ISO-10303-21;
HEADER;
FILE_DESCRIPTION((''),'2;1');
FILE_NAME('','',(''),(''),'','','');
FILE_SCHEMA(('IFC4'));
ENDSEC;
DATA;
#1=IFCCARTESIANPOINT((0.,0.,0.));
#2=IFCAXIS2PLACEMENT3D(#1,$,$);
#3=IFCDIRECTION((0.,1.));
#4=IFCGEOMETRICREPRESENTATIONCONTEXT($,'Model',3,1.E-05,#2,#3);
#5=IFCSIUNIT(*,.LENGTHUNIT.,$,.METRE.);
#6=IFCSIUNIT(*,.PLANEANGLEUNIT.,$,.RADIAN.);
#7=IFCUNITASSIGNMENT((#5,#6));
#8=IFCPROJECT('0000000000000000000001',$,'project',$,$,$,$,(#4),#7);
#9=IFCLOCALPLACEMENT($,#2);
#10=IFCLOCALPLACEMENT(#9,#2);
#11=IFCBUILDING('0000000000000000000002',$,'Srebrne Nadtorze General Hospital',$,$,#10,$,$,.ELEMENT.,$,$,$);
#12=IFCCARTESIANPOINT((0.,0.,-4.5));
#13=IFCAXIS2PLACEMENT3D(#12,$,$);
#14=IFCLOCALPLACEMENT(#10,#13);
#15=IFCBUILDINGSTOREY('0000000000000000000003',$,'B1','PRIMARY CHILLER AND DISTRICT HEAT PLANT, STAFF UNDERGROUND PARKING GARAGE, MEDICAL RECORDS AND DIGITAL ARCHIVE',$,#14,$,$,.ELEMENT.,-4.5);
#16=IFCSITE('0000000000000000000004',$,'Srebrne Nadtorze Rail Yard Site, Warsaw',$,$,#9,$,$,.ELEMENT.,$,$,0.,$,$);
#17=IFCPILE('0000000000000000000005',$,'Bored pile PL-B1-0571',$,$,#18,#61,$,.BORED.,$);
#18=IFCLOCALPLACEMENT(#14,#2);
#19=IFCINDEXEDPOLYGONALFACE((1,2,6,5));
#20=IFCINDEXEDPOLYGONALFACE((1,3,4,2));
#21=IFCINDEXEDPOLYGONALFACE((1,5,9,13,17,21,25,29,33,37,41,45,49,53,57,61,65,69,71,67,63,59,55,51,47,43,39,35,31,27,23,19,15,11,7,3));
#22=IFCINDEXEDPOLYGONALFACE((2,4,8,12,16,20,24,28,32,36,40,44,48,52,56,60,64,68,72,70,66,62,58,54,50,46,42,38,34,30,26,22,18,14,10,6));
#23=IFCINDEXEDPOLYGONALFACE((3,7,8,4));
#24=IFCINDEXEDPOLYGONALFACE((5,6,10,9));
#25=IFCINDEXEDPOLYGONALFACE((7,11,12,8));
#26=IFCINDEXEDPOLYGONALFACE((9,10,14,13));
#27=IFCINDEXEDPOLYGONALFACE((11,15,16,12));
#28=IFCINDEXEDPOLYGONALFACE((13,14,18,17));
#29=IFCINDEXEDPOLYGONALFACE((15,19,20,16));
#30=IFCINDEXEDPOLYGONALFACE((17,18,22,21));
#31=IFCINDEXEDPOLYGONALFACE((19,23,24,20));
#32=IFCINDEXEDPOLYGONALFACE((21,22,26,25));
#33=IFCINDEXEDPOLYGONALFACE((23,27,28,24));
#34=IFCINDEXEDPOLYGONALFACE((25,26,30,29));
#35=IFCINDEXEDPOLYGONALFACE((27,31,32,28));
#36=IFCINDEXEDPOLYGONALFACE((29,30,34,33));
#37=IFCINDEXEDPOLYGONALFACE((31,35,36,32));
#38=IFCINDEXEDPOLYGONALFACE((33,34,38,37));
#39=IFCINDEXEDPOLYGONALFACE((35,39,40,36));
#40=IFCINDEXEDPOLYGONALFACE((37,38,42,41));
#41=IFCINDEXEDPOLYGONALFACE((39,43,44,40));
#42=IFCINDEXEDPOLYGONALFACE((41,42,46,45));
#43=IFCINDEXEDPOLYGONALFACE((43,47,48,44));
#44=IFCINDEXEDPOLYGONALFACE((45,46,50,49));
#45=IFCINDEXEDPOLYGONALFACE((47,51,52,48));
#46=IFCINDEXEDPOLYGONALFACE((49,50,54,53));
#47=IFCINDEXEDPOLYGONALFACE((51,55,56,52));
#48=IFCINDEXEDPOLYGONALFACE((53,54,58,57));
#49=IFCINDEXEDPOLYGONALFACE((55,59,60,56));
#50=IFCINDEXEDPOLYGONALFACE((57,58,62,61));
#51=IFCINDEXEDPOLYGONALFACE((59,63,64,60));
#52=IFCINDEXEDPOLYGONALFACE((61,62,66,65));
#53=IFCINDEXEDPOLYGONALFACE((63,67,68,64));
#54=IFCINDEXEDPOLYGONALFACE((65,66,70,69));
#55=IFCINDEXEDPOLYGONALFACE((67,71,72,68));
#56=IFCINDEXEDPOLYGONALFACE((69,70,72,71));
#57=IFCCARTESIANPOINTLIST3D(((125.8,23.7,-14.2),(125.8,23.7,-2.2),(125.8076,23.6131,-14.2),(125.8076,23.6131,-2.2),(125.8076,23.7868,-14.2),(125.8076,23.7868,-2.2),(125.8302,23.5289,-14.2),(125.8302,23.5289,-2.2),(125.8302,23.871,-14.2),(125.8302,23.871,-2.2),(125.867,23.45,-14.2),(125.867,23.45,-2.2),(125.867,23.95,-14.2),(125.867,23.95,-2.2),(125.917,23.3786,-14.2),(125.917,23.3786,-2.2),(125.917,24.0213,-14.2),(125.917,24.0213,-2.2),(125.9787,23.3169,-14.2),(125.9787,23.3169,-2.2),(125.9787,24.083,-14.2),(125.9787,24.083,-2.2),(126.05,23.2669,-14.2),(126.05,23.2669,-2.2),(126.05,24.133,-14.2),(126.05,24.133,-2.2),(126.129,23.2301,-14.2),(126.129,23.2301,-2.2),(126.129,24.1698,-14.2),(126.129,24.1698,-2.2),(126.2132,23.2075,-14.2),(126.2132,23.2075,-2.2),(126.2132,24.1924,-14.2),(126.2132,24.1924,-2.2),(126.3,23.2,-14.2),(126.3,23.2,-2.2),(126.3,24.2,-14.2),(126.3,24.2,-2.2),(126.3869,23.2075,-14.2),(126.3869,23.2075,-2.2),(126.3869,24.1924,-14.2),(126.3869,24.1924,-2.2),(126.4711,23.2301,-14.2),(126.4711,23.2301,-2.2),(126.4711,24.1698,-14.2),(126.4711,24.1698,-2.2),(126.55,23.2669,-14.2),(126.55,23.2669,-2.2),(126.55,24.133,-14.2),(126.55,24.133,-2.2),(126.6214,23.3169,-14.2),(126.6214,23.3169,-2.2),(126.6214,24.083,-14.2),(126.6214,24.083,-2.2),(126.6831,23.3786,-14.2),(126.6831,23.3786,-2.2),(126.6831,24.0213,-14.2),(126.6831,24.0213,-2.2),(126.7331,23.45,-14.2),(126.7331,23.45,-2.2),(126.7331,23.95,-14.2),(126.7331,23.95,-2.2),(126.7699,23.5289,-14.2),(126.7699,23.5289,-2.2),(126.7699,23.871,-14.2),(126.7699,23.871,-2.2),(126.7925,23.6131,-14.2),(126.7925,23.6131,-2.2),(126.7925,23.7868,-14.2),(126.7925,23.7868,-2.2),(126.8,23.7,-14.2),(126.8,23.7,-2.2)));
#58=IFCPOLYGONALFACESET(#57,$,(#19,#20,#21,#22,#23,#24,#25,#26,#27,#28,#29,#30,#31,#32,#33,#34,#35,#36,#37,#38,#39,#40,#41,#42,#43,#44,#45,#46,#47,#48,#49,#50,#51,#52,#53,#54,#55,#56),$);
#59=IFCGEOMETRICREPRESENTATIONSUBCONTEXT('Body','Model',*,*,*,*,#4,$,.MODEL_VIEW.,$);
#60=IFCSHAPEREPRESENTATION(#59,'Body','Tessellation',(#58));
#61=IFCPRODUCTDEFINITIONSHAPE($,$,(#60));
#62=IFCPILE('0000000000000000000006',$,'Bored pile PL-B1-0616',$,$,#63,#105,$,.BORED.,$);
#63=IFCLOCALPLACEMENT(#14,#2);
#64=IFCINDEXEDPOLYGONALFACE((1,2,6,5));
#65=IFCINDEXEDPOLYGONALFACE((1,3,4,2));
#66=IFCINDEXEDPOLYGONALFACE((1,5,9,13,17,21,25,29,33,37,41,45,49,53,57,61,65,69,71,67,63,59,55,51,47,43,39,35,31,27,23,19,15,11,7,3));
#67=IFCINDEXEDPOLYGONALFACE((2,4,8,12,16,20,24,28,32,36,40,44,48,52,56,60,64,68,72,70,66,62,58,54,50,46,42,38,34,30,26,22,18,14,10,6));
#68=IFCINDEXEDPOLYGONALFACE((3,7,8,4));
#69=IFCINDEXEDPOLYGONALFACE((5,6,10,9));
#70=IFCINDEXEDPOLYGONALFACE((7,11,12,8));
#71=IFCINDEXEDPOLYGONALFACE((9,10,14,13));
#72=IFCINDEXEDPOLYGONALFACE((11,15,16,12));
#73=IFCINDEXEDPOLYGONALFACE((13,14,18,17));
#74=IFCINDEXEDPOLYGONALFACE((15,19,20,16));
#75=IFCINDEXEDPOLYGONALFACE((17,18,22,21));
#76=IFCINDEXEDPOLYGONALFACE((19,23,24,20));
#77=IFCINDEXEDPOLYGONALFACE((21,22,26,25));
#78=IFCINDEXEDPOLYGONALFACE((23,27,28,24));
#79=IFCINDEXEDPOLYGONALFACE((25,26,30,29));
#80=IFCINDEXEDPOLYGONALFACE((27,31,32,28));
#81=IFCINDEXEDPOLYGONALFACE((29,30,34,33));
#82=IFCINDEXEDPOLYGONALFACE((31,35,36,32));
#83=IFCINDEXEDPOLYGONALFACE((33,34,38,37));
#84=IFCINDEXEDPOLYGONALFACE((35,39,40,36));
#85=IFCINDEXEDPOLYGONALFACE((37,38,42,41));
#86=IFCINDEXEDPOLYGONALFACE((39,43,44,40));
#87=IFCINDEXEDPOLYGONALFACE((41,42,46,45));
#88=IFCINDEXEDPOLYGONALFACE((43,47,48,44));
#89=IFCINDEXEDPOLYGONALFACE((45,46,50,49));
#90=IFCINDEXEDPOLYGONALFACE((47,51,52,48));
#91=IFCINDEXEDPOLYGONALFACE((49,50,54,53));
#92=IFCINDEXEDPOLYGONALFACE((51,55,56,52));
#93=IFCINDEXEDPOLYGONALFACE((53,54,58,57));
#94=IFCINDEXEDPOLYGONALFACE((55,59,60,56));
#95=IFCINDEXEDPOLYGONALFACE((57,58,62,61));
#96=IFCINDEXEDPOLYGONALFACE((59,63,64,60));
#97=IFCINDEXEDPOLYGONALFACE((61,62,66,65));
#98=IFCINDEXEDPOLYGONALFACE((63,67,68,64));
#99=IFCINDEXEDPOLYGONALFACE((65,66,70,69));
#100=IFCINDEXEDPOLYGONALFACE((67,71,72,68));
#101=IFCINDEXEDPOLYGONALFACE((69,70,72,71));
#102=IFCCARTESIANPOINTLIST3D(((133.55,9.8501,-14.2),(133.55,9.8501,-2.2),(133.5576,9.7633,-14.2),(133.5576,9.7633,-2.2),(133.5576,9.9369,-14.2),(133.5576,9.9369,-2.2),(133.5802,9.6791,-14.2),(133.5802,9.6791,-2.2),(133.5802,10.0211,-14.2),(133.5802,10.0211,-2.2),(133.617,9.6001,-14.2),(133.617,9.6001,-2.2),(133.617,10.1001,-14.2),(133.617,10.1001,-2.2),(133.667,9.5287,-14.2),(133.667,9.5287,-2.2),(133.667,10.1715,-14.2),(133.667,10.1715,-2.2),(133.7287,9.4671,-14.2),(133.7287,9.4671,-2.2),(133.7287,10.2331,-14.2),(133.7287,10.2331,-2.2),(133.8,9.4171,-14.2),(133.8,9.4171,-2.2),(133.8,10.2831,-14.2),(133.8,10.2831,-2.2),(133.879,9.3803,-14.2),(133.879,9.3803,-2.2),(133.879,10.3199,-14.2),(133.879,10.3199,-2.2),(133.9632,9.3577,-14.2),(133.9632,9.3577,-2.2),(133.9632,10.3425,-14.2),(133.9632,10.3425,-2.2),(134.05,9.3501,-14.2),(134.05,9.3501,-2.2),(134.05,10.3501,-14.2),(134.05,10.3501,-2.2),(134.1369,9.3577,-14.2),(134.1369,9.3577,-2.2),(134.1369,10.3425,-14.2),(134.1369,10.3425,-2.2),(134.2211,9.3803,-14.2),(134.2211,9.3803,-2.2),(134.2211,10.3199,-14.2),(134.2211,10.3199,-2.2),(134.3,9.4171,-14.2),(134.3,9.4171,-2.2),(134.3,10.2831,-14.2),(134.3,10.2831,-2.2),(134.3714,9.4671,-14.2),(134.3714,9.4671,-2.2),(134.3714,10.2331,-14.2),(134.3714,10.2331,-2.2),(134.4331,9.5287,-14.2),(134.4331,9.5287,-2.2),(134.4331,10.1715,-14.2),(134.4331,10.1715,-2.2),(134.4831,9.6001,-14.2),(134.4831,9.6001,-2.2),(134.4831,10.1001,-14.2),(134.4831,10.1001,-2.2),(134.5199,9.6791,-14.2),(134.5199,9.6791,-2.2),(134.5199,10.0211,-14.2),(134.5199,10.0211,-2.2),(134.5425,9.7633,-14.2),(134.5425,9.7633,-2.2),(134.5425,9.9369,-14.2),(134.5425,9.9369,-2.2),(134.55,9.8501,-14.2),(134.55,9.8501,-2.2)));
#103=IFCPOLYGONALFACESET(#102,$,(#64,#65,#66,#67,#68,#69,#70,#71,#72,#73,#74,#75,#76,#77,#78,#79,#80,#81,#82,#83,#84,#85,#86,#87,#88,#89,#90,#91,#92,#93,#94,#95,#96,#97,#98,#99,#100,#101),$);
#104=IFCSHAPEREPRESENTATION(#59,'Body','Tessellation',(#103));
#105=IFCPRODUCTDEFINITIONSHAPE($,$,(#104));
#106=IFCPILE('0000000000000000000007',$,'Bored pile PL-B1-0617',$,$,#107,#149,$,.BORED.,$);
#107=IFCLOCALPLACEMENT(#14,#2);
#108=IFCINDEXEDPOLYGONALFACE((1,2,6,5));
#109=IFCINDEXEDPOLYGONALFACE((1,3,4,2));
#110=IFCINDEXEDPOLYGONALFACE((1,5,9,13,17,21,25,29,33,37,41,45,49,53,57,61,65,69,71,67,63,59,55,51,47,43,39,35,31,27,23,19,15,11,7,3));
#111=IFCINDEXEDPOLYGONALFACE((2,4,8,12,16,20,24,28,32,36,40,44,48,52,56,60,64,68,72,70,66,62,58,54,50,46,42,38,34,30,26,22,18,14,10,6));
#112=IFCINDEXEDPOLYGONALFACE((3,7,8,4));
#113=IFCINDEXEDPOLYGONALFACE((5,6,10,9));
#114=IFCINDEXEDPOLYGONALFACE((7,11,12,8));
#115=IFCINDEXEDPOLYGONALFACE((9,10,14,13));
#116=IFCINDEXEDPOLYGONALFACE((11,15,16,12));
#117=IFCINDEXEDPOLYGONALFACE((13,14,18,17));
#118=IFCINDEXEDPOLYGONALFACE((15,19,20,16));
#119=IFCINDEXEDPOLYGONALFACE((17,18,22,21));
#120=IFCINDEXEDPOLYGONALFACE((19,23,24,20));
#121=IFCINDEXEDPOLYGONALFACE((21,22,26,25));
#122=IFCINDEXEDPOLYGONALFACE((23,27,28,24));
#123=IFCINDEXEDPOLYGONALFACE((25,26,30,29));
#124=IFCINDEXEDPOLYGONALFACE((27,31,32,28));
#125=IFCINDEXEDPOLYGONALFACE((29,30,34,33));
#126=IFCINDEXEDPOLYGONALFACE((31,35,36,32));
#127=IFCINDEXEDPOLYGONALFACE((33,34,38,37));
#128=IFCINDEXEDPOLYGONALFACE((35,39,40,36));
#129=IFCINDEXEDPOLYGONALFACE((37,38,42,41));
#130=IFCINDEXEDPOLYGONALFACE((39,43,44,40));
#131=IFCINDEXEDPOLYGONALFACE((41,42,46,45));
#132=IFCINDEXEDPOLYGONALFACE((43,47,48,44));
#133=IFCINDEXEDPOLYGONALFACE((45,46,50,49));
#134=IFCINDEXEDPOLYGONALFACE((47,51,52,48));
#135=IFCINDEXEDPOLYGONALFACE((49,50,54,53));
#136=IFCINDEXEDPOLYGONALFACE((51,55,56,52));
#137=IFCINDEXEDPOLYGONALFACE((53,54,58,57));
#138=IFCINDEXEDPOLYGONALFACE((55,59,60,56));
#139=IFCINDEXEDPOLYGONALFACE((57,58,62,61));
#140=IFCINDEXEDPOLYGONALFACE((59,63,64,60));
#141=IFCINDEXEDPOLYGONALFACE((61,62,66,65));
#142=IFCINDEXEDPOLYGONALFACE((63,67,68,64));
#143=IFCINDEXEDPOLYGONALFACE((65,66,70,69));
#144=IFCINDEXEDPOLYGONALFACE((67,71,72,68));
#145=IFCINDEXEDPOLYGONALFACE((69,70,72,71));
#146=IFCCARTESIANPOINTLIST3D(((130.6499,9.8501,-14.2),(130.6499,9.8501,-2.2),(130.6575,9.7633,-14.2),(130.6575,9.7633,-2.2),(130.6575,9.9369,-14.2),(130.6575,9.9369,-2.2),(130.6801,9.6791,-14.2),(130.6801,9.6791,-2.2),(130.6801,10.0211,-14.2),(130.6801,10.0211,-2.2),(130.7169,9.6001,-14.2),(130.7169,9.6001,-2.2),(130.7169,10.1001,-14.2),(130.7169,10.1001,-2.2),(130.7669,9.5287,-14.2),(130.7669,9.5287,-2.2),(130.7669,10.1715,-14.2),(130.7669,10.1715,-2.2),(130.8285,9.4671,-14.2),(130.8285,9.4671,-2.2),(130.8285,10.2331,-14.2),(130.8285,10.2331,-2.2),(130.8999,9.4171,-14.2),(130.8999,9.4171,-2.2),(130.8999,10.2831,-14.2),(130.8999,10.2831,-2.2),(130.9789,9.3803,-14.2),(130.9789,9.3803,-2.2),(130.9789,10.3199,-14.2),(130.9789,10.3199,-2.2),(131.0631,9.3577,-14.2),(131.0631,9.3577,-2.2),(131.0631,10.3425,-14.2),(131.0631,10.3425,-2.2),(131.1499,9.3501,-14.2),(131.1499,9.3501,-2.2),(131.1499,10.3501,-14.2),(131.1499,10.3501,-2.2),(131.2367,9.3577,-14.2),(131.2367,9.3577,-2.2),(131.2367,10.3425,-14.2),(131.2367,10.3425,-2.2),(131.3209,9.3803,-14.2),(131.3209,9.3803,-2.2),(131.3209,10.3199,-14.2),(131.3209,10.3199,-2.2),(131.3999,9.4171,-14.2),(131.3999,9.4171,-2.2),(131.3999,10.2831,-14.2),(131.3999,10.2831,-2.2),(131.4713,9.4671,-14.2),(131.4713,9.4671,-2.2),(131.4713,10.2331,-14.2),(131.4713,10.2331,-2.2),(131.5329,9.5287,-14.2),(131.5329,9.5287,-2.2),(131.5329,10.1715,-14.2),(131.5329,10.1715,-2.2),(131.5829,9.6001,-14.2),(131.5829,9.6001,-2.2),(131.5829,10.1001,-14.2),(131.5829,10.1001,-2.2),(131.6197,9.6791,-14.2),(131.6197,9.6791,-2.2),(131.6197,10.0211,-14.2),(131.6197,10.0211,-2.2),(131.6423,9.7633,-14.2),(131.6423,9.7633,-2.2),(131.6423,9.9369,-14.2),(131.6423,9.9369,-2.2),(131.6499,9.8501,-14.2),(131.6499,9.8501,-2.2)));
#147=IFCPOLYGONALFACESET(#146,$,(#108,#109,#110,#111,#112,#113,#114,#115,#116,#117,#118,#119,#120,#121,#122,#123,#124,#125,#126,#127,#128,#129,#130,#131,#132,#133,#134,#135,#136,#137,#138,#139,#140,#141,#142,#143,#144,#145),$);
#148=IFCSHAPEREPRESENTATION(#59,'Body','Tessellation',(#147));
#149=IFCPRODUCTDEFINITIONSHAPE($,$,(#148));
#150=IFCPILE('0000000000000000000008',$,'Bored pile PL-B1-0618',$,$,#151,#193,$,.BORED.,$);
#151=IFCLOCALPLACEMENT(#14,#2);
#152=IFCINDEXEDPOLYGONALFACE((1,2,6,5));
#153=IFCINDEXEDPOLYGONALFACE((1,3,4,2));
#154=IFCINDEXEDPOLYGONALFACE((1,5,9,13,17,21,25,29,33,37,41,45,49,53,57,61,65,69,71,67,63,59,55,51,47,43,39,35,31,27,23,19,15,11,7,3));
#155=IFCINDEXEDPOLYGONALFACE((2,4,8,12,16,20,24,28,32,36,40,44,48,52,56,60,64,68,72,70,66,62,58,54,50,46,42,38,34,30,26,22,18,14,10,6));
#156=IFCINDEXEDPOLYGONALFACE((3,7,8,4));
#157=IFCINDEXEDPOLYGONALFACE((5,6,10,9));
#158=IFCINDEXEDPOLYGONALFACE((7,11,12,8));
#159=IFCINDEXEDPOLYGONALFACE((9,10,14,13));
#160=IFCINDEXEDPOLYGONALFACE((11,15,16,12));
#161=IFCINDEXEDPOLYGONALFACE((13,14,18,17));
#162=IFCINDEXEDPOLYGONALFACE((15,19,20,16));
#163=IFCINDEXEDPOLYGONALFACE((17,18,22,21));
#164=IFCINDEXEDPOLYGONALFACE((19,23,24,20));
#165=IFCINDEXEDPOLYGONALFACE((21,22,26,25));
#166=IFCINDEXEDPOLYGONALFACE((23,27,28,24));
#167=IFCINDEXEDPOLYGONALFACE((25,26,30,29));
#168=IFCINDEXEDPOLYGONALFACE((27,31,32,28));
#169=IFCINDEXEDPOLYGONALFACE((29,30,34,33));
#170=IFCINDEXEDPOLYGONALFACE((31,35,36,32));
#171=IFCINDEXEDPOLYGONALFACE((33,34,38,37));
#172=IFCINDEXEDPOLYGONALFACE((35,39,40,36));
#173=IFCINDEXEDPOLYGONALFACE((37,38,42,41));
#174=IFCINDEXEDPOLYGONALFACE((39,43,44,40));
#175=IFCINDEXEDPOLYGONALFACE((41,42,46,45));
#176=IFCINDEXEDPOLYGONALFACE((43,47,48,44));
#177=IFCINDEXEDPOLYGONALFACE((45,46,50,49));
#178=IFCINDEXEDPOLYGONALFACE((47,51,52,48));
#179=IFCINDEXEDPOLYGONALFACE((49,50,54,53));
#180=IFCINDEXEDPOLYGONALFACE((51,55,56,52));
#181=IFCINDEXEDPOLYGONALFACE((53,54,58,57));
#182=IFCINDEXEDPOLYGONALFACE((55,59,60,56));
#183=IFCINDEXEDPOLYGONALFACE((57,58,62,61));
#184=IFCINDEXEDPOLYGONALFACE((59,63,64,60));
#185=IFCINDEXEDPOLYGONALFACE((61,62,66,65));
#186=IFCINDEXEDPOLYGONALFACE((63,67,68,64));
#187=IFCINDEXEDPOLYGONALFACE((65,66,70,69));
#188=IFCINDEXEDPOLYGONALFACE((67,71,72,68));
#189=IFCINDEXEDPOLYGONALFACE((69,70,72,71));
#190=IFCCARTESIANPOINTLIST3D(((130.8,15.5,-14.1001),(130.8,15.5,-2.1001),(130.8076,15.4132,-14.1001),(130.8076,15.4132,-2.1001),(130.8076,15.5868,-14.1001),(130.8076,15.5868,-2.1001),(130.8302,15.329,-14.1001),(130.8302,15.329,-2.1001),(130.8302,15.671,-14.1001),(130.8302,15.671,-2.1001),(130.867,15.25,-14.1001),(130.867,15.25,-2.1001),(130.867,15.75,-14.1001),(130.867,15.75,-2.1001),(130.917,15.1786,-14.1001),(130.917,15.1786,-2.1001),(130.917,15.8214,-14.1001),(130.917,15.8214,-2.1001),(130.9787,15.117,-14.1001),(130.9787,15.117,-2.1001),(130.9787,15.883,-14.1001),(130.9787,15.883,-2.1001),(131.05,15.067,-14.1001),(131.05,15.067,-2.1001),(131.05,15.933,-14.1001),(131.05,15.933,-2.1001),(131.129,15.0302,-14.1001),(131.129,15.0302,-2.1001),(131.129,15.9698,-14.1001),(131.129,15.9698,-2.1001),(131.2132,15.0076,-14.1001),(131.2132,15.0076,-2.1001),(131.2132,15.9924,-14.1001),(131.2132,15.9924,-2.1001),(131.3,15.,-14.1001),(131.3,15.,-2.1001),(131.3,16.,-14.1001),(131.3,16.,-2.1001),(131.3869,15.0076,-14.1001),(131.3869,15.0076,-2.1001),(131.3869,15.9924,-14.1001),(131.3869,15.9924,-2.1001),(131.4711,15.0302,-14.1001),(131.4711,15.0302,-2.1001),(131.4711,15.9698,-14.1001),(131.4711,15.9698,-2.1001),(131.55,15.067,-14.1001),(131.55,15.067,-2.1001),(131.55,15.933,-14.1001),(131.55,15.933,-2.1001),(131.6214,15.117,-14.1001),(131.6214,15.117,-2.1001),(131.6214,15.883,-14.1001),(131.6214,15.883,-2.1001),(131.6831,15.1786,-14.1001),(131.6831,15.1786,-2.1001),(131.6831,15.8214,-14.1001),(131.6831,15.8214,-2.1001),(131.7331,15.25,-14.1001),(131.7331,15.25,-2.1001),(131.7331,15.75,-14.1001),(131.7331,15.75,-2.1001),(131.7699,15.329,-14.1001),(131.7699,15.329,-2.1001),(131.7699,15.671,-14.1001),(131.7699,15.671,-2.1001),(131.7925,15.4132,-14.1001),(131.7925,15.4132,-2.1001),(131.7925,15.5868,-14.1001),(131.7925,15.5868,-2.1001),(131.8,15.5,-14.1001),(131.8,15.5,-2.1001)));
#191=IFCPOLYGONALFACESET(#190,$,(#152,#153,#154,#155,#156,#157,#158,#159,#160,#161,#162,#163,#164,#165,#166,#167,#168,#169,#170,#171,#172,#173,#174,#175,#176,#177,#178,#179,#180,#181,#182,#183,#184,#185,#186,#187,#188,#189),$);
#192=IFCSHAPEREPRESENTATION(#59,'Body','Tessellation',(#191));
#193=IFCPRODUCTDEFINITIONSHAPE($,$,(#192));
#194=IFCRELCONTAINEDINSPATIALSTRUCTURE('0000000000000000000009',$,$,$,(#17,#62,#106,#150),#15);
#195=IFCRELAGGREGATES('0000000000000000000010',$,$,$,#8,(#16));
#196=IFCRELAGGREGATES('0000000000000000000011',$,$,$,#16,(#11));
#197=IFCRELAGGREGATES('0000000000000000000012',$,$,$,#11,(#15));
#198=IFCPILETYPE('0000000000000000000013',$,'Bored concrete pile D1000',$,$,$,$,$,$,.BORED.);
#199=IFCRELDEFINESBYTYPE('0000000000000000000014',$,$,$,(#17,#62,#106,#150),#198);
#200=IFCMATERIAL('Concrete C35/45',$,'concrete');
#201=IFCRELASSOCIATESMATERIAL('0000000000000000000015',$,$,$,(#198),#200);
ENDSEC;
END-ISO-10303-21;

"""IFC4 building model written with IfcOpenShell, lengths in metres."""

from ifc_helpers import new_model, si_unit, direction, frame, origin, origin_2d, place, context, subcontext, project, spatial, circle, extrude, material, material_profile, profile_set, type_object, element, save


model = new_model("IFC4")

# Units and contexts
model_context = context("Model", 3, precision=1e-05, world=origin(), true_north=direction((0.0, 1.0)))
body_context = subcontext(model_context, "Body", "Model", "MODEL_VIEW")
ifc_project = project(units=[si_unit("LENGTHUNIT", "METRE"), si_unit("PLANEANGLEUNIT", "RADIAN")], contexts=[model_context])

# Site, building, storey
site_placement = place(None, origin())
site = spatial("IfcSite", under=ifc_project, at=site_placement, Name="Srebrne Nadtorze Rail Yard Site, Warsaw", CompositionType="ELEMENT", RefElevation=0.0)
building_placement = place(site_placement, origin())
building = spatial("IfcBuilding", under=site, at=building_placement, Name="Srebrne Nadtorze General Hospital", CompositionType="ELEMENT")
storey_placement = place(building_placement, frame((0.0, 0.0, -4.5)))
storey = spatial("IfcBuildingStorey", under=building, at=storey_placement, Name="B1", Description="PRIMARY CHILLER AND DISTRICT HEAT PLANT, STAFF UNDERGROUND PARKING GARAGE, MEDICAL RECORDS AND DIGITAL ARCHIVE", CompositionType="ELEMENT", Elevation=-4.5)

# Piles
ifc_material_1 = material(Name="Concrete C35/45", Category="concrete")
ifc_material_profile_1 = material_profile(ifc_material_1, circle(Radius=0.5, at=origin_2d()), Name="PILE-D1000")
ifc_profile_set_1 = profile_set([ifc_material_profile_1], Name="Concrete C35/45")
pile_type_1 = type_object("IfcPileType", Name="Bored concrete pile D1000", PredefinedType="BORED", material=ifc_profile_set_1)
for number, where, z_axis, x_axis, name in (
    (1, (126.3, 23.7, -2.2), (0.0, 0.0, -1.0), (1.0, 0.0, 0.0), "Bored pile PL-B1-0571"),
    (2, (134.05, 9.8501, -2.2), (0.0, 0.0, -1.0), (1.0, 0.0, 0.0), "Bored pile PL-B1-0616"),
    (3, (131.1499, 9.8501, -2.2), (0.0, 0.0, -1.0), (1.0, 0.0, 0.0), "Bored pile PL-B1-0617"),
    (4, (131.3, 15.5, -2.1001), (0.0, 0.0, -1.0), (1.0, 0.0, 0.0), "Bored pile PL-B1-0618"),
):
    element("IfcPile", number, at=place(storey_placement, frame(where, z_axis=z_axis, x_axis=x_axis)), inside=storey, type_object=pile_type_1, Name=name, PredefinedType="BORED", context=body_context, shape_type="SweptSolid", body=[
        extrude(circle(Radius=0.5, at=origin_2d()), origin(), (0.0, 0.0, 1.0), 12.0),
    ])

save(model, "model.ifc")
